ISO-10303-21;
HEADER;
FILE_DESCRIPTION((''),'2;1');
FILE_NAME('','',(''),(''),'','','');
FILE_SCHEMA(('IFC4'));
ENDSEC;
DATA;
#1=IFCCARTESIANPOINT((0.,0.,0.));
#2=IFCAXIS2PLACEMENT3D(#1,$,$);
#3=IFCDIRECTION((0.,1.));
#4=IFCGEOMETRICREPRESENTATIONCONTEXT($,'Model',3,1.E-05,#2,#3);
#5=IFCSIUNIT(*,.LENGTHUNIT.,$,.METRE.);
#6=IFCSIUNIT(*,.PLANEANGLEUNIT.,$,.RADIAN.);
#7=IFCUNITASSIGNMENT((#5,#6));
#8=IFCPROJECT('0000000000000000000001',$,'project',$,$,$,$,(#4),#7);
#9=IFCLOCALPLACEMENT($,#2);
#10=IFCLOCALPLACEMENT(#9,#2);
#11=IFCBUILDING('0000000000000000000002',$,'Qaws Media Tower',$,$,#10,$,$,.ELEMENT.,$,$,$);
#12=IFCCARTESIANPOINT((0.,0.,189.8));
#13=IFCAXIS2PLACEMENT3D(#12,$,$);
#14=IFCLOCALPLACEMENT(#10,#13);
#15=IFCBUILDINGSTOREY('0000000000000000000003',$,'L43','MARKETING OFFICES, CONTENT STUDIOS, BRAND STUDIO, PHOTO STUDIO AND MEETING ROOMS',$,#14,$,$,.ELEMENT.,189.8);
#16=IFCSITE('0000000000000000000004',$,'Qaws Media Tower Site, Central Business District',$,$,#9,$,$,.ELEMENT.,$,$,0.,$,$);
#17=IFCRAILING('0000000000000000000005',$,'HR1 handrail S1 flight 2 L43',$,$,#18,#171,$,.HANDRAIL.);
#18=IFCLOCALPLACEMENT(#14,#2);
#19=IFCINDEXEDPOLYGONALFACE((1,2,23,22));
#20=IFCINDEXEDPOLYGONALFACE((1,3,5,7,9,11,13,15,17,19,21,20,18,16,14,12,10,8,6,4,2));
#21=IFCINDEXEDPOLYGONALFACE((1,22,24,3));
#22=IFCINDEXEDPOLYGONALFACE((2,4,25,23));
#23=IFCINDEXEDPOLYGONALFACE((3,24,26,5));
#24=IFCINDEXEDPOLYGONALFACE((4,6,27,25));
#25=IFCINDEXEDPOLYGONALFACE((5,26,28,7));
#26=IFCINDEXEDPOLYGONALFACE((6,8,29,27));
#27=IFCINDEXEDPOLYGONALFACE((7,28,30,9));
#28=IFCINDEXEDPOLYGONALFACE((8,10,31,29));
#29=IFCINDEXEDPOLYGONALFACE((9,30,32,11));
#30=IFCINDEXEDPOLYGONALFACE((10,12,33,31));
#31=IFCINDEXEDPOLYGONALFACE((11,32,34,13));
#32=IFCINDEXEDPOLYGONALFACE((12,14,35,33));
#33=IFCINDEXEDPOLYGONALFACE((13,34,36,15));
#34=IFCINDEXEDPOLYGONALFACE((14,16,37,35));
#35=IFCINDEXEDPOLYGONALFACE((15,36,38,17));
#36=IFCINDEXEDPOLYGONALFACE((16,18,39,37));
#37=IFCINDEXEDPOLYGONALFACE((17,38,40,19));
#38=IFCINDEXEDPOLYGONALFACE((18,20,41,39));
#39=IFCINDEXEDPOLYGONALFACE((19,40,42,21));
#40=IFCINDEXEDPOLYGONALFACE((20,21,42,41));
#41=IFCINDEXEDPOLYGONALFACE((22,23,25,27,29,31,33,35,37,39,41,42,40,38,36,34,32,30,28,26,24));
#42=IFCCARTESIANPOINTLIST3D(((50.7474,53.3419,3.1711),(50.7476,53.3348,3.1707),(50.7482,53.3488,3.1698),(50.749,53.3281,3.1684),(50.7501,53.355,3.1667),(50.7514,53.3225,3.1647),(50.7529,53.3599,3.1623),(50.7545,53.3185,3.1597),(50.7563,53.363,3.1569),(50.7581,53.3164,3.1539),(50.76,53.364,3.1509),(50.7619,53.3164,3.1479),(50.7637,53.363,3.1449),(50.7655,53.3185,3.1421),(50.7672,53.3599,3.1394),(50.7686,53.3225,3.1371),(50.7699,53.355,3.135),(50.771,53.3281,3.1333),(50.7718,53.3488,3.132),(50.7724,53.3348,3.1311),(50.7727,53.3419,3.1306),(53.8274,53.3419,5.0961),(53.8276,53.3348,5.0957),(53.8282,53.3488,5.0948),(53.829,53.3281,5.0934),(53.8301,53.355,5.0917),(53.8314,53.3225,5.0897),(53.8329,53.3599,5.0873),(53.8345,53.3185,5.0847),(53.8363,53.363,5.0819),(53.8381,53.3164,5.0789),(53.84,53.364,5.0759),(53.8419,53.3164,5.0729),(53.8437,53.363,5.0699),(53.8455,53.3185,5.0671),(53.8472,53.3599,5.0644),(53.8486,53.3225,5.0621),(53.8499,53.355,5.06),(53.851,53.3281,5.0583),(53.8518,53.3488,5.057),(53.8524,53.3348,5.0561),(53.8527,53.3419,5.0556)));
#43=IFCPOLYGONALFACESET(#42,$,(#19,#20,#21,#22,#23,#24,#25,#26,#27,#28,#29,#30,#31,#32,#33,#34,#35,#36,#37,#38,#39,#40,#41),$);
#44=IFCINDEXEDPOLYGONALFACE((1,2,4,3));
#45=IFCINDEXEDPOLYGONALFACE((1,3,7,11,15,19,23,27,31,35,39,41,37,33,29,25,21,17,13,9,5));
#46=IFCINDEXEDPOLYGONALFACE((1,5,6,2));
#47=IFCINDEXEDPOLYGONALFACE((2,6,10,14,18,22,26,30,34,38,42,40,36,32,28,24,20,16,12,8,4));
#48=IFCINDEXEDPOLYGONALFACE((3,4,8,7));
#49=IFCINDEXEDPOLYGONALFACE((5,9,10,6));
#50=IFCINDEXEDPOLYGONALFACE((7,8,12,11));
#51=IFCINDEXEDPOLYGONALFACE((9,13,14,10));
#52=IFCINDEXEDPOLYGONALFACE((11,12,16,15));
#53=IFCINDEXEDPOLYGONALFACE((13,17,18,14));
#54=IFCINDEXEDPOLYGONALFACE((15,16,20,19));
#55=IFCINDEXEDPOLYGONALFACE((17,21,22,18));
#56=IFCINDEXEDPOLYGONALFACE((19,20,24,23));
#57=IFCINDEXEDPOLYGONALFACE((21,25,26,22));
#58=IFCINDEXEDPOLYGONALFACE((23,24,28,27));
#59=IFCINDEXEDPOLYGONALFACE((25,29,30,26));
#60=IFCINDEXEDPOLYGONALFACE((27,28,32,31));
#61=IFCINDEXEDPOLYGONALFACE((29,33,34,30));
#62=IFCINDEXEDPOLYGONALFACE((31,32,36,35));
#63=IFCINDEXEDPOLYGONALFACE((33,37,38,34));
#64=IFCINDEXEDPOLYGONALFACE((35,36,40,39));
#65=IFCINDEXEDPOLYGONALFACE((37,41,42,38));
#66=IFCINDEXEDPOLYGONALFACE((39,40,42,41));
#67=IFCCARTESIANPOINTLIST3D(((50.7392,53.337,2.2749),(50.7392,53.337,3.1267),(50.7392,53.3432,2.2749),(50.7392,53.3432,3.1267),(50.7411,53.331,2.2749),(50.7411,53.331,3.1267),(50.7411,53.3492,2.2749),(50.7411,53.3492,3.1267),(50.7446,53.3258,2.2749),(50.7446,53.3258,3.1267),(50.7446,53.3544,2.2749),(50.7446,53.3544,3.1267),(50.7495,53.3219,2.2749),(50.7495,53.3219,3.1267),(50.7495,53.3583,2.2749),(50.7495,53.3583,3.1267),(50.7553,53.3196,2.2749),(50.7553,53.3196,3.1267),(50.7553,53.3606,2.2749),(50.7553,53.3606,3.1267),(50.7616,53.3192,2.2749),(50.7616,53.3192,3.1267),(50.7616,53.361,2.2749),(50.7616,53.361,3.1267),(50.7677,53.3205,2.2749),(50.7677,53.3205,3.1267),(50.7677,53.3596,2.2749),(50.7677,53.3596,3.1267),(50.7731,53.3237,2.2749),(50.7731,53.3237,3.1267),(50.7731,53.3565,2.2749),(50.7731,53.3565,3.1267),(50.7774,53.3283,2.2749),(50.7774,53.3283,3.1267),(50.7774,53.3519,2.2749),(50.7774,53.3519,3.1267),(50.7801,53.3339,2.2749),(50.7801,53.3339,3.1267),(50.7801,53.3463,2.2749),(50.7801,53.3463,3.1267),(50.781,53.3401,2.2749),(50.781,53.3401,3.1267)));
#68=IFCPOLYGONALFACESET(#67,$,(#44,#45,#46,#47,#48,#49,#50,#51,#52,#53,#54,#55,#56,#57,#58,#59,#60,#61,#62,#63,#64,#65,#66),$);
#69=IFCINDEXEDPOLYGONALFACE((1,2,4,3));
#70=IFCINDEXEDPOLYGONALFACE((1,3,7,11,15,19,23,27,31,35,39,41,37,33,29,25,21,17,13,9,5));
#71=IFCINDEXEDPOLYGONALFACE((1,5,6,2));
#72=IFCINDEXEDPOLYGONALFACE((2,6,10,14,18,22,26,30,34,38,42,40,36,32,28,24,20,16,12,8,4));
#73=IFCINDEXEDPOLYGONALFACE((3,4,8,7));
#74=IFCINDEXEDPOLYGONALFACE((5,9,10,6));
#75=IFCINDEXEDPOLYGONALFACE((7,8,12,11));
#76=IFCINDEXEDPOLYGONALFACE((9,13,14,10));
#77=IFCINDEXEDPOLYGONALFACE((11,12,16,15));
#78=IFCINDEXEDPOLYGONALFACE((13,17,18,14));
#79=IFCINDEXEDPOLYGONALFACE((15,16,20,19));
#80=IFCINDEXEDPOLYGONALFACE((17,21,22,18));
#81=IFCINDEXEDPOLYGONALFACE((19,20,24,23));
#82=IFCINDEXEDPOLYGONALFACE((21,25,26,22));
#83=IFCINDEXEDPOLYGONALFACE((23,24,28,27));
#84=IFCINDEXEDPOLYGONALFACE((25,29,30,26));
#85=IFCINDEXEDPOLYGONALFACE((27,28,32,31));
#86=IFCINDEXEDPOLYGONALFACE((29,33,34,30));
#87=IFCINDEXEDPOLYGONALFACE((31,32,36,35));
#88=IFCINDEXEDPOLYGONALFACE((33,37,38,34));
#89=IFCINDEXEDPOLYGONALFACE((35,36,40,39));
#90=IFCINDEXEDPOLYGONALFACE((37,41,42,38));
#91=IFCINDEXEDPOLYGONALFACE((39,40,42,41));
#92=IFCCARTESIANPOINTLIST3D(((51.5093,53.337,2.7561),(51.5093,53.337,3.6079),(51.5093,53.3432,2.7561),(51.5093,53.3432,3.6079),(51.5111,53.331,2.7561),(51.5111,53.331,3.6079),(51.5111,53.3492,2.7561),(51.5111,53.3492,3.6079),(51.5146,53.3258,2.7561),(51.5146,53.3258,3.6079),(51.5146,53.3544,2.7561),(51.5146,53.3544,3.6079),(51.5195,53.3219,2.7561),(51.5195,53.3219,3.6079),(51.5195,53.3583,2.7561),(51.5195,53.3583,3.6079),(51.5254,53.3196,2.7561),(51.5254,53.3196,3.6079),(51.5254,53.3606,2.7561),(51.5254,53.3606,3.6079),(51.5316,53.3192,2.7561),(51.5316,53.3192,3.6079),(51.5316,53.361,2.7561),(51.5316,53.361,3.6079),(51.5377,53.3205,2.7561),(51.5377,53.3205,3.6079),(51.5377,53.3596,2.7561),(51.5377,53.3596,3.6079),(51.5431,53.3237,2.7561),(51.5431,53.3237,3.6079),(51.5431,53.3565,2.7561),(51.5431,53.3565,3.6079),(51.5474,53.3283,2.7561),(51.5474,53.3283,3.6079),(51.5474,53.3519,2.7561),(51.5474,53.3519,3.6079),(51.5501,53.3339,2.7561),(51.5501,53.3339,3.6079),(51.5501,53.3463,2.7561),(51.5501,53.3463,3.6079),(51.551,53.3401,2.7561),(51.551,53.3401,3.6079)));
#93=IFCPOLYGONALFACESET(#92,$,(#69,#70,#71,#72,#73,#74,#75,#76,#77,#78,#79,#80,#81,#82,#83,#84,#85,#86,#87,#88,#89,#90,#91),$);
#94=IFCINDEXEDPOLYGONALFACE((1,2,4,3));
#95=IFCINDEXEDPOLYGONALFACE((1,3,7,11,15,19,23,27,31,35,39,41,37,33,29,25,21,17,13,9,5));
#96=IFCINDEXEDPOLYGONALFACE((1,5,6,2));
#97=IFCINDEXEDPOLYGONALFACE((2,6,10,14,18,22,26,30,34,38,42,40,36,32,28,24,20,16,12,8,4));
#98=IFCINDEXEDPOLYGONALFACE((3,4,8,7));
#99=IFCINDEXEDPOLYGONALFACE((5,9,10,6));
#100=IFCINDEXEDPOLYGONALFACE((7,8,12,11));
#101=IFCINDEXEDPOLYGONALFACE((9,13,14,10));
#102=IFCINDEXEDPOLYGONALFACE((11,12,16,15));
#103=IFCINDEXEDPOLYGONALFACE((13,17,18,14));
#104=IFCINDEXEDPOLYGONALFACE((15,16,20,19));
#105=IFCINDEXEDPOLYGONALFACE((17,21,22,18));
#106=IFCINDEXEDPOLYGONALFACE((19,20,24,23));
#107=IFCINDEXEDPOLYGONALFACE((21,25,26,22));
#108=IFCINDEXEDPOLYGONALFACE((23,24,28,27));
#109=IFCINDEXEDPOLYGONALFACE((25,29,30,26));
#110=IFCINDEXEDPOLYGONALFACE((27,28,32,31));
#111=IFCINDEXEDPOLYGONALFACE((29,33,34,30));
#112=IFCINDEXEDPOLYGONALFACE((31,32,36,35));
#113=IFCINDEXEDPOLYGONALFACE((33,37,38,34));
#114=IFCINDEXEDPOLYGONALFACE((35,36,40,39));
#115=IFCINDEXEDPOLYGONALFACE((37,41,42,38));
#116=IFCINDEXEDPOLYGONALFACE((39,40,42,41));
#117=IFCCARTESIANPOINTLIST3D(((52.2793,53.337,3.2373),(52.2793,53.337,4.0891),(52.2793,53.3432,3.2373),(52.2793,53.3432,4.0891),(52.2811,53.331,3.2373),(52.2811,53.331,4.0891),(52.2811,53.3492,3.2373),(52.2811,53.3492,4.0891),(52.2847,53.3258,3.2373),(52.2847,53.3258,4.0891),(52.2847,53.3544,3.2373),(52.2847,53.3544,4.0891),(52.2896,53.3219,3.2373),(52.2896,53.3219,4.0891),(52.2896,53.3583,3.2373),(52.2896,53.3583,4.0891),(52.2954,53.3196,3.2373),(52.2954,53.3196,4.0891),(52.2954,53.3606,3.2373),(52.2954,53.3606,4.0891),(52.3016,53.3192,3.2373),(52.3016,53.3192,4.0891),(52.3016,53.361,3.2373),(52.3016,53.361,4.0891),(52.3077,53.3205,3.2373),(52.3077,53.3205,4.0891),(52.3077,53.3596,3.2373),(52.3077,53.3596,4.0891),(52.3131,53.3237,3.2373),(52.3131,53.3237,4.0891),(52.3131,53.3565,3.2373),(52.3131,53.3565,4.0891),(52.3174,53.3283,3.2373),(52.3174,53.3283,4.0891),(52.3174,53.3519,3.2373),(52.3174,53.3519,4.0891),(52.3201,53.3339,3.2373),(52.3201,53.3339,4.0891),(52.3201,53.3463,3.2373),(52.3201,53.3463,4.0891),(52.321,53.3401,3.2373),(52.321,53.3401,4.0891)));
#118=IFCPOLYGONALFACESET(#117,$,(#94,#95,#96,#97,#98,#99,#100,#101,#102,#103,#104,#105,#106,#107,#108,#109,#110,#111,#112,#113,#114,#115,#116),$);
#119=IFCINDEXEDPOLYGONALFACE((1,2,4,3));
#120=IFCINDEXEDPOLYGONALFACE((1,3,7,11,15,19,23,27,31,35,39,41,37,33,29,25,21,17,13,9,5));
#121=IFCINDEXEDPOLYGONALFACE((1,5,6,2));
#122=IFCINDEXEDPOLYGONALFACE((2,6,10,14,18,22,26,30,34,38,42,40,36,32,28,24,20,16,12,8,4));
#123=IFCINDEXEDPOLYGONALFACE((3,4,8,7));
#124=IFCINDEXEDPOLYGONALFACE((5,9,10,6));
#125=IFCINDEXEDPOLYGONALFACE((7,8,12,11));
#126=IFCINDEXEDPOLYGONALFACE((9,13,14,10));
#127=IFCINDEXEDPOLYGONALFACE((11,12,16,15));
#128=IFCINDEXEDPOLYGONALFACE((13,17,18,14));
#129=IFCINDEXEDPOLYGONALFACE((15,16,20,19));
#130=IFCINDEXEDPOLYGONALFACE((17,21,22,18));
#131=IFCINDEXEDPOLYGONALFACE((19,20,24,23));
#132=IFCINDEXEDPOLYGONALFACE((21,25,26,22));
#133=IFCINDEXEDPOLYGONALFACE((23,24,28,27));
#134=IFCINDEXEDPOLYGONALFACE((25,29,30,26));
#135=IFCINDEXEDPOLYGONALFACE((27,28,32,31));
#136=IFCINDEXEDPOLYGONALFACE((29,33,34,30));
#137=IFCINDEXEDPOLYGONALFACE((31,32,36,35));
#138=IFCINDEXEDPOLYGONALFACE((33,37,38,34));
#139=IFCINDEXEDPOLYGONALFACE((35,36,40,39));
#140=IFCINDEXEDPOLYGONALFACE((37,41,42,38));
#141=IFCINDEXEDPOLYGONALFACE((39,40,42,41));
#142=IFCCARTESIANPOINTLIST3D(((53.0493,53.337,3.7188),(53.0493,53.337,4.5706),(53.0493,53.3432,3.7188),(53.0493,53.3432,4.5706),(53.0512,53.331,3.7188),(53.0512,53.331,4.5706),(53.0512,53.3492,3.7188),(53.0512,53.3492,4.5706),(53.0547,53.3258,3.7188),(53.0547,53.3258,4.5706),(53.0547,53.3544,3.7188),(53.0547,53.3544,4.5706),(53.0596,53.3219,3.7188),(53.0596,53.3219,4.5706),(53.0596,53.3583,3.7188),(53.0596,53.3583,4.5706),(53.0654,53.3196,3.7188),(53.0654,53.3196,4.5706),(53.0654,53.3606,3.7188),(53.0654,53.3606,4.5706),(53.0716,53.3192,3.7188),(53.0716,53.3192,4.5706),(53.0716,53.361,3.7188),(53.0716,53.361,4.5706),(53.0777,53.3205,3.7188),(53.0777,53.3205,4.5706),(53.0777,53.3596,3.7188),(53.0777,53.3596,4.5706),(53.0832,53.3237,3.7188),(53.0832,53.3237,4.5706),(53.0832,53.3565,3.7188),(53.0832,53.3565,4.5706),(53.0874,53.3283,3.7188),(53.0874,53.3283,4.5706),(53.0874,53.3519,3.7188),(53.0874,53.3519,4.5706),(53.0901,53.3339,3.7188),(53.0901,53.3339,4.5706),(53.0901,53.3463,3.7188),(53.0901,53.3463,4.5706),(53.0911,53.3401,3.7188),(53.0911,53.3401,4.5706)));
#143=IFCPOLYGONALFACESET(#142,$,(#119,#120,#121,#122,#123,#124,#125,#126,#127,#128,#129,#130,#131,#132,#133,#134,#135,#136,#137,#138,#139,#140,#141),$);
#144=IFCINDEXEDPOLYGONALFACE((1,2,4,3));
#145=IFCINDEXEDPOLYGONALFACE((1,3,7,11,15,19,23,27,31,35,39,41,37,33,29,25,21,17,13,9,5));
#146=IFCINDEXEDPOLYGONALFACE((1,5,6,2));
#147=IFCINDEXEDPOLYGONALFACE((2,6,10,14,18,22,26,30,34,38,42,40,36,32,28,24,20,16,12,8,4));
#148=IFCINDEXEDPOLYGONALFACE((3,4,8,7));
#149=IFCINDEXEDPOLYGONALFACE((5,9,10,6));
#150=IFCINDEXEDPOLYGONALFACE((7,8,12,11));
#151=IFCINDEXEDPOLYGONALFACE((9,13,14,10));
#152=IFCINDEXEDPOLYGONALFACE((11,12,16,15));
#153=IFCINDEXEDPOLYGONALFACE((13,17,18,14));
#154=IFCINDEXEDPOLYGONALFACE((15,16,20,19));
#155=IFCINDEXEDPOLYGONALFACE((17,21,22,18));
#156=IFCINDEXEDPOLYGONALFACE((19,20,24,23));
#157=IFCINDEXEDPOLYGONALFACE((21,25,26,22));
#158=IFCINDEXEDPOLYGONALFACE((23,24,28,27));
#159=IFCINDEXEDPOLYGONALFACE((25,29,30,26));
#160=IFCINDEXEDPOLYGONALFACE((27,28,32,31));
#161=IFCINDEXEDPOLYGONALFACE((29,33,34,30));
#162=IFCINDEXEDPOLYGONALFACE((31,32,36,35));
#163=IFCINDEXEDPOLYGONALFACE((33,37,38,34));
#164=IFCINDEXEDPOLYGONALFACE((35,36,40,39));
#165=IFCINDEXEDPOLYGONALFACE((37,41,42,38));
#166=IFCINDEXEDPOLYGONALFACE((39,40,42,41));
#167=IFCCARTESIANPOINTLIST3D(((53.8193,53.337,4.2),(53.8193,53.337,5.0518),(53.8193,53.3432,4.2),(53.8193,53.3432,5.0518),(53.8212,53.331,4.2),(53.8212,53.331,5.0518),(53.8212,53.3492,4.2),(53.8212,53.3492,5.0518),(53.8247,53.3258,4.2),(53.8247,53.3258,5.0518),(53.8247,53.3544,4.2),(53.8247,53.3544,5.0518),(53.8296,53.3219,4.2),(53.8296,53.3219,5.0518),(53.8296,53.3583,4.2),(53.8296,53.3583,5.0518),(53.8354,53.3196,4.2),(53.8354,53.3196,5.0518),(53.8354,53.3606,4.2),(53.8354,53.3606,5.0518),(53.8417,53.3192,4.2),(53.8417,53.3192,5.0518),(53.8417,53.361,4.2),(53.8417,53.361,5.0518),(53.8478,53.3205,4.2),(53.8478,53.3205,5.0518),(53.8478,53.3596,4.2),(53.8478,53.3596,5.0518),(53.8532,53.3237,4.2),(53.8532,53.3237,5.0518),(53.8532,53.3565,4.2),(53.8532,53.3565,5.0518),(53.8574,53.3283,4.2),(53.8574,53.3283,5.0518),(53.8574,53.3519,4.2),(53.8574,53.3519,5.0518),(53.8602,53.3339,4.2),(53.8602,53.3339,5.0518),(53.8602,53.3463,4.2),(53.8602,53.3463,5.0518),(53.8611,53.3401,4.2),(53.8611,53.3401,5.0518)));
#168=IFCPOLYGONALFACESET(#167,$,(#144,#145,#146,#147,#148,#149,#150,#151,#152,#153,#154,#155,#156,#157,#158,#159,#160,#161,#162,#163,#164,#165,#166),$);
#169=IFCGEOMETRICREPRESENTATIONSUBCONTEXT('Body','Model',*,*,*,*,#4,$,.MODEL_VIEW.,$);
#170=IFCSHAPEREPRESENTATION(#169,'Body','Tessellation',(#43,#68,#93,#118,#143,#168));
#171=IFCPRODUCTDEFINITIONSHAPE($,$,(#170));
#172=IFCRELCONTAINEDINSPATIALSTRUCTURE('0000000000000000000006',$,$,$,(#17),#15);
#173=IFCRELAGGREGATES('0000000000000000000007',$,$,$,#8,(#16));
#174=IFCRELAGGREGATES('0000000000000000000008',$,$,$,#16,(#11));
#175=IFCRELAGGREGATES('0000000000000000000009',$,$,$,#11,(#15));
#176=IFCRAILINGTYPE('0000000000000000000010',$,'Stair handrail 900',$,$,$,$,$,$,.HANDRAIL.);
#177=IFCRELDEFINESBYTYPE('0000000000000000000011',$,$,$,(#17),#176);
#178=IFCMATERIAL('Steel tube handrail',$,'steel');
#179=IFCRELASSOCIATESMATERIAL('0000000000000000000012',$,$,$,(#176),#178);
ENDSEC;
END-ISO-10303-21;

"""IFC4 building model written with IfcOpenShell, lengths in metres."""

from ifc_helpers import new_model, si_unit, direction, frame, origin, origin_2d, place, context, subcontext, project, spatial, circle, extrude, material, type_object, element, save


model = new_model("IFC4")

# Units and contexts
model_context = context("Model", 3, precision=1e-05, world=origin(), true_north=direction((0.0, 1.0)))
body_context = subcontext(model_context, "Body", "Model", "MODEL_VIEW")
ifc_project = project(units=[si_unit("LENGTHUNIT", "METRE"), si_unit("PLANEANGLEUNIT", "RADIAN")], contexts=[model_context])

# Site, building, storey
site_placement = place(None, origin())
site = spatial("IfcSite", under=ifc_project, at=site_placement, Name="Qaws Media Tower Site, Central Business District", CompositionType="ELEMENT", RefElevation=0.0)
building_placement = place(site_placement, origin())
building = spatial("IfcBuilding", under=site, at=building_placement, Name="Qaws Media Tower", CompositionType="ELEMENT")
storey_placement = place(building_placement, frame((0.0, 0.0, 189.8)))
storey = spatial("IfcBuildingStorey", under=building, at=storey_placement, Name="L43", Description="MARKETING OFFICES, CONTENT STUDIOS, BRAND STUDIO, PHOTO STUDIO AND MEETING ROOMS", CompositionType="ELEMENT", Elevation=189.8)

# Railing
ifc_material_1 = material(Name="Steel tube handrail", Category="steel")
railing_type = type_object("IfcRailingType", Name="Stair handrail 900", PredefinedType="HANDRAIL", material=ifc_material_1)
for number, where, name in (
    (1, (50.76, 53.3401, 2.2749), "HR1 handrail S1 flight 2 L43"),
):
    element("IfcRailing", number, at=place(storey_placement, frame(where)), inside=storey, type_object=railing_type, Name=name, PredefinedType="HANDRAIL", context=body_context, shape_type="SweptSolid", body=[
        extrude(circle(Radius=0.0239, at=origin_2d()), frame((0.0, 0.0, 0.876), z_axis=(0.847998, 0.0, 0.529999), x_axis=(0.0, 1.0, 0.0)), (0.0, 0.0, 1.0), 3.6321),
        extrude(circle(Radius=0.021, at=origin_2d()), origin(), (0.0, 0.0, 1.0), 0.8518),
        extrude(circle(Radius=0.021, at=origin_2d()), frame((0.77, 0.0, 0.4812)), (0.0, 0.0, 1.0), 0.8518),
        extrude(circle(Radius=0.021, at=origin_2d()), frame((1.54, 0.0, 0.9624)), (0.0, 0.0, 1.0), 0.8518),
        extrude(circle(Radius=0.021, at=origin_2d()), frame((2.3101, 0.0, 1.4438)), (0.0, 0.0, 1.0), 0.8518),
        extrude(circle(Radius=0.021, at=origin_2d()), frame((3.0801, 0.0, 1.925)), (0.0, 0.0, 1.0), 0.8518),
    ])

save(model, "model.ifc")
